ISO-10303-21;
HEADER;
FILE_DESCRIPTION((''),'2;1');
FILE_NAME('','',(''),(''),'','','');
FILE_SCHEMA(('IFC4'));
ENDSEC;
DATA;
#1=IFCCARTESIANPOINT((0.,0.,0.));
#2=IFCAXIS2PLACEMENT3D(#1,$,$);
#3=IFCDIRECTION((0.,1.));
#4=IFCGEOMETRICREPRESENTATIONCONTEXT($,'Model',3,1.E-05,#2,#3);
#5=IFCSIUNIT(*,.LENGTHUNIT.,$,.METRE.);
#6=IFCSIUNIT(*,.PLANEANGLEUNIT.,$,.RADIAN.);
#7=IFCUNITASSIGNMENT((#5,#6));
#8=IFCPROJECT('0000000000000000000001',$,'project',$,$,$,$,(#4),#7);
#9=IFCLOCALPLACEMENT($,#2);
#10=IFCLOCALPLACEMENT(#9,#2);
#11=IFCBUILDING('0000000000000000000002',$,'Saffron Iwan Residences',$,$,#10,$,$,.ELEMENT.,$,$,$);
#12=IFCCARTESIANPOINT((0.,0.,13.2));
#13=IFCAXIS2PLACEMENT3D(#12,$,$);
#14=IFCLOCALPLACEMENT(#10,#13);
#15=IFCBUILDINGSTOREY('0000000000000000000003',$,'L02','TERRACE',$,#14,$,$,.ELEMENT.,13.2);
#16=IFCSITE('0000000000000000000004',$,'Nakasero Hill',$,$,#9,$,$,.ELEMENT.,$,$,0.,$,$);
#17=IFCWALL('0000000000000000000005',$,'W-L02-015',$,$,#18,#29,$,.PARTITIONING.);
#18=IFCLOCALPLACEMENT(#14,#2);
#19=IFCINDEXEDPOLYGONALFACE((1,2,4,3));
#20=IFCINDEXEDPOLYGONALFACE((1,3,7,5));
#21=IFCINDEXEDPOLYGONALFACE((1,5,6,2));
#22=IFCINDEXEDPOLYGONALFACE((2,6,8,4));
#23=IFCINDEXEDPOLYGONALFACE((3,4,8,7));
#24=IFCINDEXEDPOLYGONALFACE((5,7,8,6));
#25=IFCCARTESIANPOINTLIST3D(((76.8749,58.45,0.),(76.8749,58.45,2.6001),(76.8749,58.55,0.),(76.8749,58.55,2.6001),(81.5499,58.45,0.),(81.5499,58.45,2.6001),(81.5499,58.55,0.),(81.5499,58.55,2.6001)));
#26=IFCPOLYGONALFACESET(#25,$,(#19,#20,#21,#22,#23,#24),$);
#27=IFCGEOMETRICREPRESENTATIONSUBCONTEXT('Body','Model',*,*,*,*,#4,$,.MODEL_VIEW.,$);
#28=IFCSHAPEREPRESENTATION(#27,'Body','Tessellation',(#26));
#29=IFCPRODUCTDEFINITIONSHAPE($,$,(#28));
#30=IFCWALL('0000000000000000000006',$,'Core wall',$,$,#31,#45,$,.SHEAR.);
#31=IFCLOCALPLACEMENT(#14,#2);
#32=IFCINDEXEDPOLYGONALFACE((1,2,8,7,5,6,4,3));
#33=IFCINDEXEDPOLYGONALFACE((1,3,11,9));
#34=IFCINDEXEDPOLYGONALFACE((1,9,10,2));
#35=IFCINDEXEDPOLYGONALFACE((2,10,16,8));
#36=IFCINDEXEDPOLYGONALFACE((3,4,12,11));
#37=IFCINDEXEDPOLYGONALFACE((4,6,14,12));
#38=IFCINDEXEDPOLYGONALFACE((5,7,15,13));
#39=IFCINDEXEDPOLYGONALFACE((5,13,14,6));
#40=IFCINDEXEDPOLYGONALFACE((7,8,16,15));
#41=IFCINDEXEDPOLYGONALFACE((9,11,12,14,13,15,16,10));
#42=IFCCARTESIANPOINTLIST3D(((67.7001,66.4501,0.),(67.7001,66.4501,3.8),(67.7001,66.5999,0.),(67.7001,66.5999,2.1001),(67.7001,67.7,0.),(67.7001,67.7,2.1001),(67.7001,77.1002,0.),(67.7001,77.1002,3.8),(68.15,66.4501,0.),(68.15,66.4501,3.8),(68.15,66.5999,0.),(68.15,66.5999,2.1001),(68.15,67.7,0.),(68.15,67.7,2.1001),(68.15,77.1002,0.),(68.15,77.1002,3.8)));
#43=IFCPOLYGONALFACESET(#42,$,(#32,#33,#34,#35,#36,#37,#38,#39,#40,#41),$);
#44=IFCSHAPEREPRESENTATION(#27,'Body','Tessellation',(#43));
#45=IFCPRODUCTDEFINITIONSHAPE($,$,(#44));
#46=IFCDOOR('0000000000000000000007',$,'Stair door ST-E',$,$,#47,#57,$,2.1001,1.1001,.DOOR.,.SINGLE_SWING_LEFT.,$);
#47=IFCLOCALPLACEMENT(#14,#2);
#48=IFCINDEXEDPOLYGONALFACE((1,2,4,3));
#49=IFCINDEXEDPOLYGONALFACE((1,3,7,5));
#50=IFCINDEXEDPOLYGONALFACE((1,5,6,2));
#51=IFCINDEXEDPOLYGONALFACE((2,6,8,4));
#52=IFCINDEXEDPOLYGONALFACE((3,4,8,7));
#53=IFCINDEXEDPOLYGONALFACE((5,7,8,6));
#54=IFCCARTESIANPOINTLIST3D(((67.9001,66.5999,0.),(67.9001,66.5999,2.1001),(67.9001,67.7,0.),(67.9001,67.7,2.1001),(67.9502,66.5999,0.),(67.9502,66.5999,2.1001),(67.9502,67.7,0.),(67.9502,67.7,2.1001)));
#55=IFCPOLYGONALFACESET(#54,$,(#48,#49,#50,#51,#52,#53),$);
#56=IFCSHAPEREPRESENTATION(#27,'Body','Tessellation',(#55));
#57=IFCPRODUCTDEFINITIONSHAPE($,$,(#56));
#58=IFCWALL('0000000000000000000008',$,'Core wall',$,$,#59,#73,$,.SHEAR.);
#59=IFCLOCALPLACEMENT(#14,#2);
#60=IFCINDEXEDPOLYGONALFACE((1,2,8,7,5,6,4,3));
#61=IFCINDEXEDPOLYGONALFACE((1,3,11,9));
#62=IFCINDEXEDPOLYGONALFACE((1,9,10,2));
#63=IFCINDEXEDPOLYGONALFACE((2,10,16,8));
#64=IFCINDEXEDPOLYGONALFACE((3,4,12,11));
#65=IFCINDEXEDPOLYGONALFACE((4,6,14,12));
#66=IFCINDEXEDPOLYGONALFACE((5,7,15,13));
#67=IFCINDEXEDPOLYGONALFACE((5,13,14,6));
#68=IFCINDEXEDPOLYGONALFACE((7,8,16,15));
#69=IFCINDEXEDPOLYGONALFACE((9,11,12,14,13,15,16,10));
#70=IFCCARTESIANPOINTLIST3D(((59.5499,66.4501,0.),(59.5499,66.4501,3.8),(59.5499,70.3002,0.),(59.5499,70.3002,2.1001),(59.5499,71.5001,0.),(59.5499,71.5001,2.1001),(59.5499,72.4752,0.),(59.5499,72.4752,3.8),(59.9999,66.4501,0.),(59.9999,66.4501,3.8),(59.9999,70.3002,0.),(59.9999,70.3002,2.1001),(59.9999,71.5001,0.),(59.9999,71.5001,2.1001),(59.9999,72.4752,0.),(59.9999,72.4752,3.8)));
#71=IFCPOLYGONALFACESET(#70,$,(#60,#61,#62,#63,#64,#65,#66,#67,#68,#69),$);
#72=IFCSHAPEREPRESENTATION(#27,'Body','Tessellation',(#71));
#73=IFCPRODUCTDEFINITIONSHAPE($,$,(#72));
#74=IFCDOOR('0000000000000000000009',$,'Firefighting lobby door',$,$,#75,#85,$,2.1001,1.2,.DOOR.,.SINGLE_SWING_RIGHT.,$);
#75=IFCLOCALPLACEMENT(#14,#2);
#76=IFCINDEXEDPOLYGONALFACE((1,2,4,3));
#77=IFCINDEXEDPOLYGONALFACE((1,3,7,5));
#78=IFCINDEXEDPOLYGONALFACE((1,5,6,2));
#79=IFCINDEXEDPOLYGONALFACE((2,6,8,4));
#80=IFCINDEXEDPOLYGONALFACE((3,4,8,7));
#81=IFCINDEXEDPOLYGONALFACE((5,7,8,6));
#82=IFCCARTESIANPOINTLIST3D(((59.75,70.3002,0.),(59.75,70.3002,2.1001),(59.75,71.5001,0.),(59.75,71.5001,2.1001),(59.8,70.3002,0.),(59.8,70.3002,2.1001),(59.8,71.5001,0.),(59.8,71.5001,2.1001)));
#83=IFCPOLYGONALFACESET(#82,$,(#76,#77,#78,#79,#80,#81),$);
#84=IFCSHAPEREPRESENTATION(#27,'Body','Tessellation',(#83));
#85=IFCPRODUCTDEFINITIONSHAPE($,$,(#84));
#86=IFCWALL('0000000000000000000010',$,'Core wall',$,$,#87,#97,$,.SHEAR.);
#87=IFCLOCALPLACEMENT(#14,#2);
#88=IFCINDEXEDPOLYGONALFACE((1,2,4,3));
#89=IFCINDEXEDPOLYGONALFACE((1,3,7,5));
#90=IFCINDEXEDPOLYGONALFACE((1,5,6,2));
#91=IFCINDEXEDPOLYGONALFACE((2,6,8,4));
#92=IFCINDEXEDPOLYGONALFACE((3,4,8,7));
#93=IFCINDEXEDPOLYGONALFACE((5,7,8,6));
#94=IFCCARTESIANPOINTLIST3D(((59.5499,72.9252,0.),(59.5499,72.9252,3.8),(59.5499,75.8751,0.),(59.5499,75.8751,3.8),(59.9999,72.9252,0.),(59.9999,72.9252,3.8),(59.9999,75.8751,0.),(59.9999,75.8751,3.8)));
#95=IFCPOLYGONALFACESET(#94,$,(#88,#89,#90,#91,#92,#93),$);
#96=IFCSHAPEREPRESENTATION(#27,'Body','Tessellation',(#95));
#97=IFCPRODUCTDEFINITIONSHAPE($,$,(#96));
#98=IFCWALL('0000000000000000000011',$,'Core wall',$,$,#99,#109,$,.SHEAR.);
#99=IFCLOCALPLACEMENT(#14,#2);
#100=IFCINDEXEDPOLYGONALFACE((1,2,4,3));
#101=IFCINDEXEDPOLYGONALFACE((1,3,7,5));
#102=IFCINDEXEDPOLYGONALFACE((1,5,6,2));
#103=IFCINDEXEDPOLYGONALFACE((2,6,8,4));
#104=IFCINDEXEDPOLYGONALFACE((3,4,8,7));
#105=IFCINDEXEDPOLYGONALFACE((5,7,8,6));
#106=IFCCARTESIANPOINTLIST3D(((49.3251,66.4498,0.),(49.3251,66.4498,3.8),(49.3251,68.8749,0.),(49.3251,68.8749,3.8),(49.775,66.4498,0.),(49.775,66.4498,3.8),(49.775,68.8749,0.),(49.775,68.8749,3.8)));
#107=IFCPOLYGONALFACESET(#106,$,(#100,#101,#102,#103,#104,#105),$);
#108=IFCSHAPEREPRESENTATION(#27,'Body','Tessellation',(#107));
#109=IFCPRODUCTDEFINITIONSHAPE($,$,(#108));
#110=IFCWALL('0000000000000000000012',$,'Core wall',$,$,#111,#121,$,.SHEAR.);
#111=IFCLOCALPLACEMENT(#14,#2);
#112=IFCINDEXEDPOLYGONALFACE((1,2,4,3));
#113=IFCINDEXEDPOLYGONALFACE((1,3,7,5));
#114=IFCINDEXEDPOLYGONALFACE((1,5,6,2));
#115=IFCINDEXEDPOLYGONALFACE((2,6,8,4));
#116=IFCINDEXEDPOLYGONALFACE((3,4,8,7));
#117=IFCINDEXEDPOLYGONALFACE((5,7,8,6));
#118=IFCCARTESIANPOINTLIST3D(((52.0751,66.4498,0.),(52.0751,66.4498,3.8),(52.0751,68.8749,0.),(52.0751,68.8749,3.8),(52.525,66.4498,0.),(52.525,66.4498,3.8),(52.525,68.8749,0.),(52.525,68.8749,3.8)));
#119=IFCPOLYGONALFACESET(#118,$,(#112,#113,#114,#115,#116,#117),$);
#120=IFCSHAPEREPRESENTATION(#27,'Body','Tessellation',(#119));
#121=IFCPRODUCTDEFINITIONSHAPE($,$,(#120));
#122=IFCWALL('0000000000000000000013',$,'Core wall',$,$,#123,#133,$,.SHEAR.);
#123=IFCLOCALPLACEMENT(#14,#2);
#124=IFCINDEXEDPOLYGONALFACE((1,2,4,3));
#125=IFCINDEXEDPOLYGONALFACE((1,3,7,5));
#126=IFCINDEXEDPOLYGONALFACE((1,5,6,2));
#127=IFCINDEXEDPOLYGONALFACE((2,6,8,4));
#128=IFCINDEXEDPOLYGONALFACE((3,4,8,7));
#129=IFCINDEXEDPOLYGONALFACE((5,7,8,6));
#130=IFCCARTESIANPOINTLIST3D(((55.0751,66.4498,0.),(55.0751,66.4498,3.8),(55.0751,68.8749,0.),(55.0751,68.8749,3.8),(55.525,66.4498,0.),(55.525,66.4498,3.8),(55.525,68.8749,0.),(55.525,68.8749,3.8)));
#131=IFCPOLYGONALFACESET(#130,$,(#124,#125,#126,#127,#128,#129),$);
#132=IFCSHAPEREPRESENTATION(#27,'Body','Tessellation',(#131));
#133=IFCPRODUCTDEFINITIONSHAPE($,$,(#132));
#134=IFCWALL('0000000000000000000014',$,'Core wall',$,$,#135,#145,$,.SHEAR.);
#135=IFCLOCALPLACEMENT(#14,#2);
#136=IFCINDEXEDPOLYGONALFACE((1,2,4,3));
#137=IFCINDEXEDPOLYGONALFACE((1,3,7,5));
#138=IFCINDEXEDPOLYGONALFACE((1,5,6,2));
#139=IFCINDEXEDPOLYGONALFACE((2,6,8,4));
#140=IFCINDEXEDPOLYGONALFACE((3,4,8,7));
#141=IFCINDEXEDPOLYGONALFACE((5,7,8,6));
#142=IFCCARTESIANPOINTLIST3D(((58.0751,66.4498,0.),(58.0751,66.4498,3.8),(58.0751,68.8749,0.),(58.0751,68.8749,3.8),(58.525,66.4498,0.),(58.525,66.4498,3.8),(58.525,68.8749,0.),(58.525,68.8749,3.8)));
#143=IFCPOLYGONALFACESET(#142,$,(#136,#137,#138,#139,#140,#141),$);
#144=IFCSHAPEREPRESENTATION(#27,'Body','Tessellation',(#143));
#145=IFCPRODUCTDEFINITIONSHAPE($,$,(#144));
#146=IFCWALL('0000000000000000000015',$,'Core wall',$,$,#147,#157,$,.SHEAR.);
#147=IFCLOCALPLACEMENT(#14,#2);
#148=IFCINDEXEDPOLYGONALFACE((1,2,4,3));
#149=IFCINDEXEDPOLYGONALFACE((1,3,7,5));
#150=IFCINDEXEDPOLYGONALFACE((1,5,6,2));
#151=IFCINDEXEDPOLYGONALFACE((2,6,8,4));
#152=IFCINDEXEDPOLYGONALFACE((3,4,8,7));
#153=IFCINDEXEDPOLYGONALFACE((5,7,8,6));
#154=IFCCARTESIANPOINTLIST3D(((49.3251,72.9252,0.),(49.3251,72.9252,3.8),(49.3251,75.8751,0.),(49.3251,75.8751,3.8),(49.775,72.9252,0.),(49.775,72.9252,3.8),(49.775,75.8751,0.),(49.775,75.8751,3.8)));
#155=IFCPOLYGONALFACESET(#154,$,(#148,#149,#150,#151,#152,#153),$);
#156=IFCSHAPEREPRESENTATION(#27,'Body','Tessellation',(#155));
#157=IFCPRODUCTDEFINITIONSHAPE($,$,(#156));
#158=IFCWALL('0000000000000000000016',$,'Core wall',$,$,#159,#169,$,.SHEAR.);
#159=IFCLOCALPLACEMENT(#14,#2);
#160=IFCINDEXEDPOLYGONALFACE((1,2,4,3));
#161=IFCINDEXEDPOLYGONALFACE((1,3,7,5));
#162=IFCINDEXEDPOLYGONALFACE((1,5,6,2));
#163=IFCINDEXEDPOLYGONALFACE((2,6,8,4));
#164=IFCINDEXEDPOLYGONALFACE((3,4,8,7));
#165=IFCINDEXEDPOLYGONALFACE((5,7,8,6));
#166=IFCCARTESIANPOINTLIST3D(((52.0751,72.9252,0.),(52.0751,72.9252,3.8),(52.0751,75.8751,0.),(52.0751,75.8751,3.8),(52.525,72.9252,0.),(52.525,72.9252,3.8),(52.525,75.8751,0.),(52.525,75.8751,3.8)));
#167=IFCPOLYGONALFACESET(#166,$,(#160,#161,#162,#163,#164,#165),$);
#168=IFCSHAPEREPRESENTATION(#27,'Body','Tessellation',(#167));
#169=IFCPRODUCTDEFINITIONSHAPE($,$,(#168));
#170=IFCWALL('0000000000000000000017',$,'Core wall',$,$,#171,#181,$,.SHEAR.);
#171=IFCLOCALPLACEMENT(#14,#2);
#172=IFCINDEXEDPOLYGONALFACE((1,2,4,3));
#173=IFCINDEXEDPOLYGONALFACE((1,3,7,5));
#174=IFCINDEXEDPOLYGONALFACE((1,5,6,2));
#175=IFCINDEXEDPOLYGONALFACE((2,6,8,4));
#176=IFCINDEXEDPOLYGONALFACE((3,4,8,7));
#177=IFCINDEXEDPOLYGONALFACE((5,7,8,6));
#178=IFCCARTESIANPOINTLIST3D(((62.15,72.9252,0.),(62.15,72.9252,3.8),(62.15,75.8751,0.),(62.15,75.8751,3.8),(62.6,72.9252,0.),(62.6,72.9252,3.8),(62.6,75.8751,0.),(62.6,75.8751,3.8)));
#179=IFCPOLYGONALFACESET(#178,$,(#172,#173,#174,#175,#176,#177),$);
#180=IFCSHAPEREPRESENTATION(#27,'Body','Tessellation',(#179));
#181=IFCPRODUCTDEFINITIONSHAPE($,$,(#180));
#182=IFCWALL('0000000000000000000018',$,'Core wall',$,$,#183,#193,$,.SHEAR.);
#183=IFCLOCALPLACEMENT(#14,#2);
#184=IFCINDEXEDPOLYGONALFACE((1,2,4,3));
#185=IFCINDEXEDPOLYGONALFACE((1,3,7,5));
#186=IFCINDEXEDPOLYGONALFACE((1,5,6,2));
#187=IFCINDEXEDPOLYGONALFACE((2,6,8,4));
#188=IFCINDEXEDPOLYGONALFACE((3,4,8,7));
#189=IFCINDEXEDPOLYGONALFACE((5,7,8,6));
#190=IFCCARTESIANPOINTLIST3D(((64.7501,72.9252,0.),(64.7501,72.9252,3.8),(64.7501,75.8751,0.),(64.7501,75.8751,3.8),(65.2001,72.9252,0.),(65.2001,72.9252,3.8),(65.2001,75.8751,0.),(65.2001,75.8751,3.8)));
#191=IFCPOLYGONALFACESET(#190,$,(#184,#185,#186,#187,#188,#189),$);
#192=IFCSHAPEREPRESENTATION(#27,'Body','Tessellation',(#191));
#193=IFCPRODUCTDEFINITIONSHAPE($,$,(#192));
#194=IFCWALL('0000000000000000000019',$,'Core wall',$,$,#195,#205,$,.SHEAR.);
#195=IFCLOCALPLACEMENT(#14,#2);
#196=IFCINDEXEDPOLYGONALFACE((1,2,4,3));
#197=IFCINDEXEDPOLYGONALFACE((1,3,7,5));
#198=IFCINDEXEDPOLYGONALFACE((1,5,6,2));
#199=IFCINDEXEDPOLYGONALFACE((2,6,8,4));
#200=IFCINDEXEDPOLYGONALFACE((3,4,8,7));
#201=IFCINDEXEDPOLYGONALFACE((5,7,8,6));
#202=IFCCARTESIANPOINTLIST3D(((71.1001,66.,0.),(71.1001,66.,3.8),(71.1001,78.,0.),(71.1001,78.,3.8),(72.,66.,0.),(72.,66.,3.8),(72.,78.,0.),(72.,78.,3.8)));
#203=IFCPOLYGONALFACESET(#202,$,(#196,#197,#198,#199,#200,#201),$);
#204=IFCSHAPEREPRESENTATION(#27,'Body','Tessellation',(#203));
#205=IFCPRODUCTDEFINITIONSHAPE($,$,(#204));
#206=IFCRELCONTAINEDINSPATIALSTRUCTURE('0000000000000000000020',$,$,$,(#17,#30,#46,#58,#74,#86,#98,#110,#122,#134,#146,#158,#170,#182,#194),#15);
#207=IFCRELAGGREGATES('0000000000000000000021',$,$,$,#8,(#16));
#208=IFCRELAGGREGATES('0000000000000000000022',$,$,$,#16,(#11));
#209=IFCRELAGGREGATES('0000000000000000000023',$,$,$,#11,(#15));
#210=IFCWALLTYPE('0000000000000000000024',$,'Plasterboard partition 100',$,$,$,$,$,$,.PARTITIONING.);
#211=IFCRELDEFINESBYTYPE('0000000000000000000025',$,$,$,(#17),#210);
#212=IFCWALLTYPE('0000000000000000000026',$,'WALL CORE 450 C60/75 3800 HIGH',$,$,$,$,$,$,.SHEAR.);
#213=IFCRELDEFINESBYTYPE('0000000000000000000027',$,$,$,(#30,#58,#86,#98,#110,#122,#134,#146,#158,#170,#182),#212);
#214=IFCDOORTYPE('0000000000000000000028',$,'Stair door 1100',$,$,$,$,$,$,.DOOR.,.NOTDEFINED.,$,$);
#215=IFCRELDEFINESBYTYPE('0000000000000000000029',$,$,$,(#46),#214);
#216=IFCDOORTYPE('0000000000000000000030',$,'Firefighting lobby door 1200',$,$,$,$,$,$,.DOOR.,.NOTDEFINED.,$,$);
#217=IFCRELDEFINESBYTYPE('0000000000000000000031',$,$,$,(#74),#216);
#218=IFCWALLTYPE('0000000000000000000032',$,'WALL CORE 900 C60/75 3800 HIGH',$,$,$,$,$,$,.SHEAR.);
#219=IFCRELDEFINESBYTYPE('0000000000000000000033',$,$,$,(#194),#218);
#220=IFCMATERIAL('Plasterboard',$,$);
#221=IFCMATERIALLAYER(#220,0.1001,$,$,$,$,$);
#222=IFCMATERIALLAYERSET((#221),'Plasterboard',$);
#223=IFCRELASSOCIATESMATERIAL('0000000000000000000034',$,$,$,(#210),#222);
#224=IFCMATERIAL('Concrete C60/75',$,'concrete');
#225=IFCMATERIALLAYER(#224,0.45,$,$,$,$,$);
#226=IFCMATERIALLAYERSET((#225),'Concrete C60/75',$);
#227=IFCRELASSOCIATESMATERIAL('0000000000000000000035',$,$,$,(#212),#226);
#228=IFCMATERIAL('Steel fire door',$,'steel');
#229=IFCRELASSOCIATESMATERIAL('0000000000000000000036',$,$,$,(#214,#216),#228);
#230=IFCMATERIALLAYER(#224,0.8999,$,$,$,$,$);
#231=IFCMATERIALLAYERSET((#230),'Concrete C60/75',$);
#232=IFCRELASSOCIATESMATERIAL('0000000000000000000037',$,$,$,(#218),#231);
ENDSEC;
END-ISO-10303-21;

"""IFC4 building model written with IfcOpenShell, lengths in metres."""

from ifc_helpers import new_model, si_unit, direction, frame, frame_2d, origin, place, context, subcontext, project, spatial, rectangle, extrude, material, layer, layer_set, type_object, element, fill, save


model = new_model("IFC4")

# Units and contexts
model_context = context("Model", 3, precision=1e-05, world=origin(), true_north=direction((0.0, 1.0)))
body_context = subcontext(model_context, "Body", "Model", "MODEL_VIEW")
ifc_project = project(units=[si_unit("LENGTHUNIT", "METRE"), si_unit("PLANEANGLEUNIT", "RADIAN")], contexts=[model_context])

# Site, building, storey
site_placement = place(None, origin())
site = spatial("IfcSite", under=ifc_project, at=site_placement, Name="Nakasero Hill", CompositionType="ELEMENT", RefElevation=0.0)
building_placement = place(site_placement, origin())
building = spatial("IfcBuilding", under=site, at=building_placement, Name="Saffron Iwan Residences", CompositionType="ELEMENT")
storey_placement = place(building_placement, frame((0.0, 0.0, 13.2)))
storey = spatial("IfcBuildingStorey", under=building, at=storey_placement, Name="L02", Description="TERRACE", CompositionType="ELEMENT", Elevation=13.2)

# Wall
ifc_material_1 = material(Name="Plasterboard")
ifc_layer_1 = layer(ifc_material_1, 0.1001)
ifc_layer_set_1 = layer_set([ifc_layer_1], Name="Plasterboard")
wall_type_1 = type_object("IfcWallType", Name="Plasterboard partition 100", PredefinedType="PARTITIONING", material=ifc_layer_set_1)
wall_1_placement = place(storey_placement, frame((76.875, 58.5, 0.0), z_axis=(0.0, 0.0, 1.0), x_axis=(1.0, 0.0, 0.0)))
element("IfcWall", 1, at=wall_1_placement, inside=storey, type_object=wall_type_1, Name="W-L02-015", PredefinedType="PARTITIONING", context=body_context, shape_type="SweptSolid", body=[
    extrude(rectangle(XDim=4.675, YDim=0.1001, at=frame_2d((2.3374, 0.0))), origin(), (0.0, 0.0, 1.0), 2.6001),
])

# Walls, openings, doors
ifc_material_2 = material(Name="Concrete C60/75", Category="concrete")
ifc_layer_2 = layer(ifc_material_2, 0.45)
ifc_layer_set_2 = layer_set([ifc_layer_2], Name="Concrete C60/75")
wall_type_2 = type_object("IfcWallType", Name="WALL CORE 450 C60/75 3800 HIGH", PredefinedType="SHEAR", material=ifc_layer_set_2)
wall_2_placement = place(storey_placement, frame((67.925, 66.45, 0.0), z_axis=(0.0, 0.0, 1.0), x_axis=(0.0, 1.0, 0.0)))
wall_2 = element("IfcWall", 2, at=wall_2_placement, inside=storey, type_object=wall_type_2, Name="Core wall", PredefinedType="SHEAR", context=body_context, shape_type="SweptSolid", body=[
    extrude(rectangle(XDim=10.6501, YDim=0.45, at=frame_2d((5.3252, 0.0))), origin(), (0.0, 0.0, 1.0), 3.8),
])
opening_1_placement = place(wall_2_placement, frame((0.1499, 0.0, 0.0)))
opening_1 = element("IfcOpeningElement", 3, at=opening_1_placement, cuts=wall_2, PredefinedType="OPENING", context=body_context, shape_type="SweptSolid", body=[
    extrude(rectangle(XDim=1.1001, YDim=2.1001, at=frame_2d((0.55, 1.05))), frame((0.0, 0.2349, 0.0), z_axis=(0.0, -1.0, 0.0), x_axis=(1.0, 0.0, 0.0)), (0.0, 0.0, 1.0), 0.47),
])
ifc_material_3 = material(Name="Steel fire door", Category="steel")
door_type_1 = type_object("IfcDoorType", Name="Stair door 1100", OperationType="NOTDEFINED", PredefinedType="DOOR", material=ifc_material_3)
door_1_placement = place(opening_1_placement, origin())
door_1 = element("IfcDoor", 4, at=door_1_placement, inside=storey, type_object=door_type_1, Name="Stair door ST-E", OperationType="SINGLE_SWING_LEFT", OverallHeight=2.1001, OverallWidth=1.1001, PredefinedType="DOOR", context=body_context, shape_type="SweptSolid", body=[
    extrude(rectangle(XDim=1.1001, YDim=2.1001, at=frame_2d((0.55, 1.05))), frame((0.0, 0.0249, 0.0), z_axis=(0.0, -1.0, 0.0), x_axis=(1.0, 0.0, 0.0)), (0.0, 0.0, 1.0), 0.05),
])
fill(opening_1, door_1)
wall_3_placement = place(storey_placement, frame((59.7749, 66.45, 0.0), z_axis=(0.0, 0.0, 1.0), x_axis=(0.0, 1.0, 0.0)))
wall_3 = element("IfcWall", 5, at=wall_3_placement, inside=storey, type_object=wall_type_2, Name="Core wall", PredefinedType="SHEAR", context=body_context, shape_type="SweptSolid", body=[
    extrude(rectangle(XDim=6.0251, YDim=0.45, at=frame_2d((3.0127, 0.0))), origin(), (0.0, 0.0, 1.0), 3.8),
])
opening_2_placement = place(wall_3_placement, frame((3.8501, 0.0, 0.0)))
opening_2 = element("IfcOpeningElement", 6, at=opening_2_placement, cuts=wall_3, PredefinedType="OPENING", context=body_context, shape_type="SweptSolid", body=[
    extrude(rectangle(XDim=1.2, YDim=2.1001, at=frame_2d((0.6001, 1.05))), frame((0.0, 0.2349, 0.0), z_axis=(0.0, -1.0, 0.0), x_axis=(1.0, 0.0, 0.0)), (0.0, 0.0, 1.0), 0.47),
])
door_type_2 = type_object("IfcDoorType", Name="Firefighting lobby door 1200", OperationType="NOTDEFINED", PredefinedType="DOOR", material=ifc_material_3)
door_2_placement = place(opening_2_placement, origin())
door_2 = element("IfcDoor", 7, at=door_2_placement, inside=storey, type_object=door_type_2, Name="Firefighting lobby door", OperationType="SINGLE_SWING_RIGHT", OverallHeight=2.1001, OverallWidth=1.2, PredefinedType="DOOR", context=body_context, shape_type="SweptSolid", body=[
    extrude(rectangle(XDim=1.2, YDim=2.1001, at=frame_2d((0.6001, 1.05))), frame((0.0, 0.0249, 0.0), z_axis=(0.0, -1.0, 0.0), x_axis=(1.0, 0.0, 0.0)), (0.0, 0.0, 1.0), 0.05),
])
fill(opening_2, door_2)

# Walls
wall_4_placement = place(storey_placement, frame((59.7749, 72.925, 0.0), z_axis=(0.0, 0.0, 1.0), x_axis=(0.0, 1.0, 0.0)))
element("IfcWall", 8, at=wall_4_placement, inside=storey, type_object=wall_type_2, Name="Core wall", PredefinedType="SHEAR", context=body_context, shape_type="SweptSolid", body=[
    extrude(rectangle(XDim=2.95, YDim=0.45, at=frame_2d((1.4751, 0.0))), origin(), (0.0, 0.0, 1.0), 3.8),
])
for number, where, z_axis, x_axis, name in (
    (9, (49.55, 66.45, 0.0), (0.0, 0.0, 1.0), (0.0, 1.0, 0.0), "Core wall"),
    (10, (52.3, 66.45, 0.0), (0.0, 0.0, 1.0), (0.0, 1.0, 0.0), "Core wall"),
    (11, (55.3, 66.45, 0.0), (0.0, 0.0, 1.0), (0.0, 1.0, 0.0), "Core wall"),
    (12, (58.3, 66.45, 0.0), (0.0, 0.0, 1.0), (0.0, 1.0, 0.0), "Core wall"),
):
    element("IfcWall", number, at=place(storey_placement, frame(where, z_axis=z_axis, x_axis=x_axis)), inside=storey, type_object=wall_type_2, Name=name, PredefinedType="SHEAR", context=body_context, shape_type="SweptSolid", body=[
        extrude(rectangle(XDim=2.425, YDim=0.45, at=frame_2d((1.2124, 0.0))), origin(), (0.0, 0.0, 1.0), 3.8),
    ])
for number, where, z_axis, x_axis, name in (
    (13, (49.55, 72.925, 0.0), (0.0, 0.0, 1.0), (0.0, 1.0, 0.0), "Core wall"),
    (14, (52.3, 72.925, 0.0), (0.0, 0.0, 1.0), (0.0, 1.0, 0.0), "Core wall"),
    (15, (62.375, 72.925, 0.0), (0.0, 0.0, 1.0), (0.0, 1.0, 0.0), "Core wall"),
    (16, (64.9751, 72.925, 0.0), (0.0, 0.0, 1.0), (0.0, 1.0, 0.0), "Core wall"),
):
    element("IfcWall", number, at=place(storey_placement, frame(where, z_axis=z_axis, x_axis=x_axis)), inside=storey, type_object=wall_type_2, Name=name, PredefinedType="SHEAR", context=body_context, shape_type="SweptSolid", body=[
        extrude(rectangle(XDim=2.95, YDim=0.45, at=frame_2d((1.4751, 0.0))), origin(), (0.0, 0.0, 1.0), 3.8),
    ])
ifc_layer_3 = layer(ifc_material_2, 0.8999)
ifc_layer_set_3 = layer_set([ifc_layer_3], Name="Concrete C60/75")
wall_type_3 = type_object("IfcWallType", Name="WALL CORE 900 C60/75 3800 HIGH", PredefinedType="SHEAR", material=ifc_layer_set_3)
wall_5_placement = place(storey_placement, frame((71.55, 66.0, 0.0), z_axis=(0.0, 0.0, 1.0), x_axis=(0.0, 1.0, 0.0)))
element("IfcWall", 17, at=wall_5_placement, inside=storey, type_object=wall_type_3, Name="Core wall", PredefinedType="SHEAR", context=body_context, shape_type="SweptSolid", body=[
    extrude(rectangle(XDim=12.0, YDim=0.8999, at=frame_2d((6.0, 0.0))), origin(), (0.0, 0.0, 1.0), 3.8),
])

save(model, "model.ifc")
